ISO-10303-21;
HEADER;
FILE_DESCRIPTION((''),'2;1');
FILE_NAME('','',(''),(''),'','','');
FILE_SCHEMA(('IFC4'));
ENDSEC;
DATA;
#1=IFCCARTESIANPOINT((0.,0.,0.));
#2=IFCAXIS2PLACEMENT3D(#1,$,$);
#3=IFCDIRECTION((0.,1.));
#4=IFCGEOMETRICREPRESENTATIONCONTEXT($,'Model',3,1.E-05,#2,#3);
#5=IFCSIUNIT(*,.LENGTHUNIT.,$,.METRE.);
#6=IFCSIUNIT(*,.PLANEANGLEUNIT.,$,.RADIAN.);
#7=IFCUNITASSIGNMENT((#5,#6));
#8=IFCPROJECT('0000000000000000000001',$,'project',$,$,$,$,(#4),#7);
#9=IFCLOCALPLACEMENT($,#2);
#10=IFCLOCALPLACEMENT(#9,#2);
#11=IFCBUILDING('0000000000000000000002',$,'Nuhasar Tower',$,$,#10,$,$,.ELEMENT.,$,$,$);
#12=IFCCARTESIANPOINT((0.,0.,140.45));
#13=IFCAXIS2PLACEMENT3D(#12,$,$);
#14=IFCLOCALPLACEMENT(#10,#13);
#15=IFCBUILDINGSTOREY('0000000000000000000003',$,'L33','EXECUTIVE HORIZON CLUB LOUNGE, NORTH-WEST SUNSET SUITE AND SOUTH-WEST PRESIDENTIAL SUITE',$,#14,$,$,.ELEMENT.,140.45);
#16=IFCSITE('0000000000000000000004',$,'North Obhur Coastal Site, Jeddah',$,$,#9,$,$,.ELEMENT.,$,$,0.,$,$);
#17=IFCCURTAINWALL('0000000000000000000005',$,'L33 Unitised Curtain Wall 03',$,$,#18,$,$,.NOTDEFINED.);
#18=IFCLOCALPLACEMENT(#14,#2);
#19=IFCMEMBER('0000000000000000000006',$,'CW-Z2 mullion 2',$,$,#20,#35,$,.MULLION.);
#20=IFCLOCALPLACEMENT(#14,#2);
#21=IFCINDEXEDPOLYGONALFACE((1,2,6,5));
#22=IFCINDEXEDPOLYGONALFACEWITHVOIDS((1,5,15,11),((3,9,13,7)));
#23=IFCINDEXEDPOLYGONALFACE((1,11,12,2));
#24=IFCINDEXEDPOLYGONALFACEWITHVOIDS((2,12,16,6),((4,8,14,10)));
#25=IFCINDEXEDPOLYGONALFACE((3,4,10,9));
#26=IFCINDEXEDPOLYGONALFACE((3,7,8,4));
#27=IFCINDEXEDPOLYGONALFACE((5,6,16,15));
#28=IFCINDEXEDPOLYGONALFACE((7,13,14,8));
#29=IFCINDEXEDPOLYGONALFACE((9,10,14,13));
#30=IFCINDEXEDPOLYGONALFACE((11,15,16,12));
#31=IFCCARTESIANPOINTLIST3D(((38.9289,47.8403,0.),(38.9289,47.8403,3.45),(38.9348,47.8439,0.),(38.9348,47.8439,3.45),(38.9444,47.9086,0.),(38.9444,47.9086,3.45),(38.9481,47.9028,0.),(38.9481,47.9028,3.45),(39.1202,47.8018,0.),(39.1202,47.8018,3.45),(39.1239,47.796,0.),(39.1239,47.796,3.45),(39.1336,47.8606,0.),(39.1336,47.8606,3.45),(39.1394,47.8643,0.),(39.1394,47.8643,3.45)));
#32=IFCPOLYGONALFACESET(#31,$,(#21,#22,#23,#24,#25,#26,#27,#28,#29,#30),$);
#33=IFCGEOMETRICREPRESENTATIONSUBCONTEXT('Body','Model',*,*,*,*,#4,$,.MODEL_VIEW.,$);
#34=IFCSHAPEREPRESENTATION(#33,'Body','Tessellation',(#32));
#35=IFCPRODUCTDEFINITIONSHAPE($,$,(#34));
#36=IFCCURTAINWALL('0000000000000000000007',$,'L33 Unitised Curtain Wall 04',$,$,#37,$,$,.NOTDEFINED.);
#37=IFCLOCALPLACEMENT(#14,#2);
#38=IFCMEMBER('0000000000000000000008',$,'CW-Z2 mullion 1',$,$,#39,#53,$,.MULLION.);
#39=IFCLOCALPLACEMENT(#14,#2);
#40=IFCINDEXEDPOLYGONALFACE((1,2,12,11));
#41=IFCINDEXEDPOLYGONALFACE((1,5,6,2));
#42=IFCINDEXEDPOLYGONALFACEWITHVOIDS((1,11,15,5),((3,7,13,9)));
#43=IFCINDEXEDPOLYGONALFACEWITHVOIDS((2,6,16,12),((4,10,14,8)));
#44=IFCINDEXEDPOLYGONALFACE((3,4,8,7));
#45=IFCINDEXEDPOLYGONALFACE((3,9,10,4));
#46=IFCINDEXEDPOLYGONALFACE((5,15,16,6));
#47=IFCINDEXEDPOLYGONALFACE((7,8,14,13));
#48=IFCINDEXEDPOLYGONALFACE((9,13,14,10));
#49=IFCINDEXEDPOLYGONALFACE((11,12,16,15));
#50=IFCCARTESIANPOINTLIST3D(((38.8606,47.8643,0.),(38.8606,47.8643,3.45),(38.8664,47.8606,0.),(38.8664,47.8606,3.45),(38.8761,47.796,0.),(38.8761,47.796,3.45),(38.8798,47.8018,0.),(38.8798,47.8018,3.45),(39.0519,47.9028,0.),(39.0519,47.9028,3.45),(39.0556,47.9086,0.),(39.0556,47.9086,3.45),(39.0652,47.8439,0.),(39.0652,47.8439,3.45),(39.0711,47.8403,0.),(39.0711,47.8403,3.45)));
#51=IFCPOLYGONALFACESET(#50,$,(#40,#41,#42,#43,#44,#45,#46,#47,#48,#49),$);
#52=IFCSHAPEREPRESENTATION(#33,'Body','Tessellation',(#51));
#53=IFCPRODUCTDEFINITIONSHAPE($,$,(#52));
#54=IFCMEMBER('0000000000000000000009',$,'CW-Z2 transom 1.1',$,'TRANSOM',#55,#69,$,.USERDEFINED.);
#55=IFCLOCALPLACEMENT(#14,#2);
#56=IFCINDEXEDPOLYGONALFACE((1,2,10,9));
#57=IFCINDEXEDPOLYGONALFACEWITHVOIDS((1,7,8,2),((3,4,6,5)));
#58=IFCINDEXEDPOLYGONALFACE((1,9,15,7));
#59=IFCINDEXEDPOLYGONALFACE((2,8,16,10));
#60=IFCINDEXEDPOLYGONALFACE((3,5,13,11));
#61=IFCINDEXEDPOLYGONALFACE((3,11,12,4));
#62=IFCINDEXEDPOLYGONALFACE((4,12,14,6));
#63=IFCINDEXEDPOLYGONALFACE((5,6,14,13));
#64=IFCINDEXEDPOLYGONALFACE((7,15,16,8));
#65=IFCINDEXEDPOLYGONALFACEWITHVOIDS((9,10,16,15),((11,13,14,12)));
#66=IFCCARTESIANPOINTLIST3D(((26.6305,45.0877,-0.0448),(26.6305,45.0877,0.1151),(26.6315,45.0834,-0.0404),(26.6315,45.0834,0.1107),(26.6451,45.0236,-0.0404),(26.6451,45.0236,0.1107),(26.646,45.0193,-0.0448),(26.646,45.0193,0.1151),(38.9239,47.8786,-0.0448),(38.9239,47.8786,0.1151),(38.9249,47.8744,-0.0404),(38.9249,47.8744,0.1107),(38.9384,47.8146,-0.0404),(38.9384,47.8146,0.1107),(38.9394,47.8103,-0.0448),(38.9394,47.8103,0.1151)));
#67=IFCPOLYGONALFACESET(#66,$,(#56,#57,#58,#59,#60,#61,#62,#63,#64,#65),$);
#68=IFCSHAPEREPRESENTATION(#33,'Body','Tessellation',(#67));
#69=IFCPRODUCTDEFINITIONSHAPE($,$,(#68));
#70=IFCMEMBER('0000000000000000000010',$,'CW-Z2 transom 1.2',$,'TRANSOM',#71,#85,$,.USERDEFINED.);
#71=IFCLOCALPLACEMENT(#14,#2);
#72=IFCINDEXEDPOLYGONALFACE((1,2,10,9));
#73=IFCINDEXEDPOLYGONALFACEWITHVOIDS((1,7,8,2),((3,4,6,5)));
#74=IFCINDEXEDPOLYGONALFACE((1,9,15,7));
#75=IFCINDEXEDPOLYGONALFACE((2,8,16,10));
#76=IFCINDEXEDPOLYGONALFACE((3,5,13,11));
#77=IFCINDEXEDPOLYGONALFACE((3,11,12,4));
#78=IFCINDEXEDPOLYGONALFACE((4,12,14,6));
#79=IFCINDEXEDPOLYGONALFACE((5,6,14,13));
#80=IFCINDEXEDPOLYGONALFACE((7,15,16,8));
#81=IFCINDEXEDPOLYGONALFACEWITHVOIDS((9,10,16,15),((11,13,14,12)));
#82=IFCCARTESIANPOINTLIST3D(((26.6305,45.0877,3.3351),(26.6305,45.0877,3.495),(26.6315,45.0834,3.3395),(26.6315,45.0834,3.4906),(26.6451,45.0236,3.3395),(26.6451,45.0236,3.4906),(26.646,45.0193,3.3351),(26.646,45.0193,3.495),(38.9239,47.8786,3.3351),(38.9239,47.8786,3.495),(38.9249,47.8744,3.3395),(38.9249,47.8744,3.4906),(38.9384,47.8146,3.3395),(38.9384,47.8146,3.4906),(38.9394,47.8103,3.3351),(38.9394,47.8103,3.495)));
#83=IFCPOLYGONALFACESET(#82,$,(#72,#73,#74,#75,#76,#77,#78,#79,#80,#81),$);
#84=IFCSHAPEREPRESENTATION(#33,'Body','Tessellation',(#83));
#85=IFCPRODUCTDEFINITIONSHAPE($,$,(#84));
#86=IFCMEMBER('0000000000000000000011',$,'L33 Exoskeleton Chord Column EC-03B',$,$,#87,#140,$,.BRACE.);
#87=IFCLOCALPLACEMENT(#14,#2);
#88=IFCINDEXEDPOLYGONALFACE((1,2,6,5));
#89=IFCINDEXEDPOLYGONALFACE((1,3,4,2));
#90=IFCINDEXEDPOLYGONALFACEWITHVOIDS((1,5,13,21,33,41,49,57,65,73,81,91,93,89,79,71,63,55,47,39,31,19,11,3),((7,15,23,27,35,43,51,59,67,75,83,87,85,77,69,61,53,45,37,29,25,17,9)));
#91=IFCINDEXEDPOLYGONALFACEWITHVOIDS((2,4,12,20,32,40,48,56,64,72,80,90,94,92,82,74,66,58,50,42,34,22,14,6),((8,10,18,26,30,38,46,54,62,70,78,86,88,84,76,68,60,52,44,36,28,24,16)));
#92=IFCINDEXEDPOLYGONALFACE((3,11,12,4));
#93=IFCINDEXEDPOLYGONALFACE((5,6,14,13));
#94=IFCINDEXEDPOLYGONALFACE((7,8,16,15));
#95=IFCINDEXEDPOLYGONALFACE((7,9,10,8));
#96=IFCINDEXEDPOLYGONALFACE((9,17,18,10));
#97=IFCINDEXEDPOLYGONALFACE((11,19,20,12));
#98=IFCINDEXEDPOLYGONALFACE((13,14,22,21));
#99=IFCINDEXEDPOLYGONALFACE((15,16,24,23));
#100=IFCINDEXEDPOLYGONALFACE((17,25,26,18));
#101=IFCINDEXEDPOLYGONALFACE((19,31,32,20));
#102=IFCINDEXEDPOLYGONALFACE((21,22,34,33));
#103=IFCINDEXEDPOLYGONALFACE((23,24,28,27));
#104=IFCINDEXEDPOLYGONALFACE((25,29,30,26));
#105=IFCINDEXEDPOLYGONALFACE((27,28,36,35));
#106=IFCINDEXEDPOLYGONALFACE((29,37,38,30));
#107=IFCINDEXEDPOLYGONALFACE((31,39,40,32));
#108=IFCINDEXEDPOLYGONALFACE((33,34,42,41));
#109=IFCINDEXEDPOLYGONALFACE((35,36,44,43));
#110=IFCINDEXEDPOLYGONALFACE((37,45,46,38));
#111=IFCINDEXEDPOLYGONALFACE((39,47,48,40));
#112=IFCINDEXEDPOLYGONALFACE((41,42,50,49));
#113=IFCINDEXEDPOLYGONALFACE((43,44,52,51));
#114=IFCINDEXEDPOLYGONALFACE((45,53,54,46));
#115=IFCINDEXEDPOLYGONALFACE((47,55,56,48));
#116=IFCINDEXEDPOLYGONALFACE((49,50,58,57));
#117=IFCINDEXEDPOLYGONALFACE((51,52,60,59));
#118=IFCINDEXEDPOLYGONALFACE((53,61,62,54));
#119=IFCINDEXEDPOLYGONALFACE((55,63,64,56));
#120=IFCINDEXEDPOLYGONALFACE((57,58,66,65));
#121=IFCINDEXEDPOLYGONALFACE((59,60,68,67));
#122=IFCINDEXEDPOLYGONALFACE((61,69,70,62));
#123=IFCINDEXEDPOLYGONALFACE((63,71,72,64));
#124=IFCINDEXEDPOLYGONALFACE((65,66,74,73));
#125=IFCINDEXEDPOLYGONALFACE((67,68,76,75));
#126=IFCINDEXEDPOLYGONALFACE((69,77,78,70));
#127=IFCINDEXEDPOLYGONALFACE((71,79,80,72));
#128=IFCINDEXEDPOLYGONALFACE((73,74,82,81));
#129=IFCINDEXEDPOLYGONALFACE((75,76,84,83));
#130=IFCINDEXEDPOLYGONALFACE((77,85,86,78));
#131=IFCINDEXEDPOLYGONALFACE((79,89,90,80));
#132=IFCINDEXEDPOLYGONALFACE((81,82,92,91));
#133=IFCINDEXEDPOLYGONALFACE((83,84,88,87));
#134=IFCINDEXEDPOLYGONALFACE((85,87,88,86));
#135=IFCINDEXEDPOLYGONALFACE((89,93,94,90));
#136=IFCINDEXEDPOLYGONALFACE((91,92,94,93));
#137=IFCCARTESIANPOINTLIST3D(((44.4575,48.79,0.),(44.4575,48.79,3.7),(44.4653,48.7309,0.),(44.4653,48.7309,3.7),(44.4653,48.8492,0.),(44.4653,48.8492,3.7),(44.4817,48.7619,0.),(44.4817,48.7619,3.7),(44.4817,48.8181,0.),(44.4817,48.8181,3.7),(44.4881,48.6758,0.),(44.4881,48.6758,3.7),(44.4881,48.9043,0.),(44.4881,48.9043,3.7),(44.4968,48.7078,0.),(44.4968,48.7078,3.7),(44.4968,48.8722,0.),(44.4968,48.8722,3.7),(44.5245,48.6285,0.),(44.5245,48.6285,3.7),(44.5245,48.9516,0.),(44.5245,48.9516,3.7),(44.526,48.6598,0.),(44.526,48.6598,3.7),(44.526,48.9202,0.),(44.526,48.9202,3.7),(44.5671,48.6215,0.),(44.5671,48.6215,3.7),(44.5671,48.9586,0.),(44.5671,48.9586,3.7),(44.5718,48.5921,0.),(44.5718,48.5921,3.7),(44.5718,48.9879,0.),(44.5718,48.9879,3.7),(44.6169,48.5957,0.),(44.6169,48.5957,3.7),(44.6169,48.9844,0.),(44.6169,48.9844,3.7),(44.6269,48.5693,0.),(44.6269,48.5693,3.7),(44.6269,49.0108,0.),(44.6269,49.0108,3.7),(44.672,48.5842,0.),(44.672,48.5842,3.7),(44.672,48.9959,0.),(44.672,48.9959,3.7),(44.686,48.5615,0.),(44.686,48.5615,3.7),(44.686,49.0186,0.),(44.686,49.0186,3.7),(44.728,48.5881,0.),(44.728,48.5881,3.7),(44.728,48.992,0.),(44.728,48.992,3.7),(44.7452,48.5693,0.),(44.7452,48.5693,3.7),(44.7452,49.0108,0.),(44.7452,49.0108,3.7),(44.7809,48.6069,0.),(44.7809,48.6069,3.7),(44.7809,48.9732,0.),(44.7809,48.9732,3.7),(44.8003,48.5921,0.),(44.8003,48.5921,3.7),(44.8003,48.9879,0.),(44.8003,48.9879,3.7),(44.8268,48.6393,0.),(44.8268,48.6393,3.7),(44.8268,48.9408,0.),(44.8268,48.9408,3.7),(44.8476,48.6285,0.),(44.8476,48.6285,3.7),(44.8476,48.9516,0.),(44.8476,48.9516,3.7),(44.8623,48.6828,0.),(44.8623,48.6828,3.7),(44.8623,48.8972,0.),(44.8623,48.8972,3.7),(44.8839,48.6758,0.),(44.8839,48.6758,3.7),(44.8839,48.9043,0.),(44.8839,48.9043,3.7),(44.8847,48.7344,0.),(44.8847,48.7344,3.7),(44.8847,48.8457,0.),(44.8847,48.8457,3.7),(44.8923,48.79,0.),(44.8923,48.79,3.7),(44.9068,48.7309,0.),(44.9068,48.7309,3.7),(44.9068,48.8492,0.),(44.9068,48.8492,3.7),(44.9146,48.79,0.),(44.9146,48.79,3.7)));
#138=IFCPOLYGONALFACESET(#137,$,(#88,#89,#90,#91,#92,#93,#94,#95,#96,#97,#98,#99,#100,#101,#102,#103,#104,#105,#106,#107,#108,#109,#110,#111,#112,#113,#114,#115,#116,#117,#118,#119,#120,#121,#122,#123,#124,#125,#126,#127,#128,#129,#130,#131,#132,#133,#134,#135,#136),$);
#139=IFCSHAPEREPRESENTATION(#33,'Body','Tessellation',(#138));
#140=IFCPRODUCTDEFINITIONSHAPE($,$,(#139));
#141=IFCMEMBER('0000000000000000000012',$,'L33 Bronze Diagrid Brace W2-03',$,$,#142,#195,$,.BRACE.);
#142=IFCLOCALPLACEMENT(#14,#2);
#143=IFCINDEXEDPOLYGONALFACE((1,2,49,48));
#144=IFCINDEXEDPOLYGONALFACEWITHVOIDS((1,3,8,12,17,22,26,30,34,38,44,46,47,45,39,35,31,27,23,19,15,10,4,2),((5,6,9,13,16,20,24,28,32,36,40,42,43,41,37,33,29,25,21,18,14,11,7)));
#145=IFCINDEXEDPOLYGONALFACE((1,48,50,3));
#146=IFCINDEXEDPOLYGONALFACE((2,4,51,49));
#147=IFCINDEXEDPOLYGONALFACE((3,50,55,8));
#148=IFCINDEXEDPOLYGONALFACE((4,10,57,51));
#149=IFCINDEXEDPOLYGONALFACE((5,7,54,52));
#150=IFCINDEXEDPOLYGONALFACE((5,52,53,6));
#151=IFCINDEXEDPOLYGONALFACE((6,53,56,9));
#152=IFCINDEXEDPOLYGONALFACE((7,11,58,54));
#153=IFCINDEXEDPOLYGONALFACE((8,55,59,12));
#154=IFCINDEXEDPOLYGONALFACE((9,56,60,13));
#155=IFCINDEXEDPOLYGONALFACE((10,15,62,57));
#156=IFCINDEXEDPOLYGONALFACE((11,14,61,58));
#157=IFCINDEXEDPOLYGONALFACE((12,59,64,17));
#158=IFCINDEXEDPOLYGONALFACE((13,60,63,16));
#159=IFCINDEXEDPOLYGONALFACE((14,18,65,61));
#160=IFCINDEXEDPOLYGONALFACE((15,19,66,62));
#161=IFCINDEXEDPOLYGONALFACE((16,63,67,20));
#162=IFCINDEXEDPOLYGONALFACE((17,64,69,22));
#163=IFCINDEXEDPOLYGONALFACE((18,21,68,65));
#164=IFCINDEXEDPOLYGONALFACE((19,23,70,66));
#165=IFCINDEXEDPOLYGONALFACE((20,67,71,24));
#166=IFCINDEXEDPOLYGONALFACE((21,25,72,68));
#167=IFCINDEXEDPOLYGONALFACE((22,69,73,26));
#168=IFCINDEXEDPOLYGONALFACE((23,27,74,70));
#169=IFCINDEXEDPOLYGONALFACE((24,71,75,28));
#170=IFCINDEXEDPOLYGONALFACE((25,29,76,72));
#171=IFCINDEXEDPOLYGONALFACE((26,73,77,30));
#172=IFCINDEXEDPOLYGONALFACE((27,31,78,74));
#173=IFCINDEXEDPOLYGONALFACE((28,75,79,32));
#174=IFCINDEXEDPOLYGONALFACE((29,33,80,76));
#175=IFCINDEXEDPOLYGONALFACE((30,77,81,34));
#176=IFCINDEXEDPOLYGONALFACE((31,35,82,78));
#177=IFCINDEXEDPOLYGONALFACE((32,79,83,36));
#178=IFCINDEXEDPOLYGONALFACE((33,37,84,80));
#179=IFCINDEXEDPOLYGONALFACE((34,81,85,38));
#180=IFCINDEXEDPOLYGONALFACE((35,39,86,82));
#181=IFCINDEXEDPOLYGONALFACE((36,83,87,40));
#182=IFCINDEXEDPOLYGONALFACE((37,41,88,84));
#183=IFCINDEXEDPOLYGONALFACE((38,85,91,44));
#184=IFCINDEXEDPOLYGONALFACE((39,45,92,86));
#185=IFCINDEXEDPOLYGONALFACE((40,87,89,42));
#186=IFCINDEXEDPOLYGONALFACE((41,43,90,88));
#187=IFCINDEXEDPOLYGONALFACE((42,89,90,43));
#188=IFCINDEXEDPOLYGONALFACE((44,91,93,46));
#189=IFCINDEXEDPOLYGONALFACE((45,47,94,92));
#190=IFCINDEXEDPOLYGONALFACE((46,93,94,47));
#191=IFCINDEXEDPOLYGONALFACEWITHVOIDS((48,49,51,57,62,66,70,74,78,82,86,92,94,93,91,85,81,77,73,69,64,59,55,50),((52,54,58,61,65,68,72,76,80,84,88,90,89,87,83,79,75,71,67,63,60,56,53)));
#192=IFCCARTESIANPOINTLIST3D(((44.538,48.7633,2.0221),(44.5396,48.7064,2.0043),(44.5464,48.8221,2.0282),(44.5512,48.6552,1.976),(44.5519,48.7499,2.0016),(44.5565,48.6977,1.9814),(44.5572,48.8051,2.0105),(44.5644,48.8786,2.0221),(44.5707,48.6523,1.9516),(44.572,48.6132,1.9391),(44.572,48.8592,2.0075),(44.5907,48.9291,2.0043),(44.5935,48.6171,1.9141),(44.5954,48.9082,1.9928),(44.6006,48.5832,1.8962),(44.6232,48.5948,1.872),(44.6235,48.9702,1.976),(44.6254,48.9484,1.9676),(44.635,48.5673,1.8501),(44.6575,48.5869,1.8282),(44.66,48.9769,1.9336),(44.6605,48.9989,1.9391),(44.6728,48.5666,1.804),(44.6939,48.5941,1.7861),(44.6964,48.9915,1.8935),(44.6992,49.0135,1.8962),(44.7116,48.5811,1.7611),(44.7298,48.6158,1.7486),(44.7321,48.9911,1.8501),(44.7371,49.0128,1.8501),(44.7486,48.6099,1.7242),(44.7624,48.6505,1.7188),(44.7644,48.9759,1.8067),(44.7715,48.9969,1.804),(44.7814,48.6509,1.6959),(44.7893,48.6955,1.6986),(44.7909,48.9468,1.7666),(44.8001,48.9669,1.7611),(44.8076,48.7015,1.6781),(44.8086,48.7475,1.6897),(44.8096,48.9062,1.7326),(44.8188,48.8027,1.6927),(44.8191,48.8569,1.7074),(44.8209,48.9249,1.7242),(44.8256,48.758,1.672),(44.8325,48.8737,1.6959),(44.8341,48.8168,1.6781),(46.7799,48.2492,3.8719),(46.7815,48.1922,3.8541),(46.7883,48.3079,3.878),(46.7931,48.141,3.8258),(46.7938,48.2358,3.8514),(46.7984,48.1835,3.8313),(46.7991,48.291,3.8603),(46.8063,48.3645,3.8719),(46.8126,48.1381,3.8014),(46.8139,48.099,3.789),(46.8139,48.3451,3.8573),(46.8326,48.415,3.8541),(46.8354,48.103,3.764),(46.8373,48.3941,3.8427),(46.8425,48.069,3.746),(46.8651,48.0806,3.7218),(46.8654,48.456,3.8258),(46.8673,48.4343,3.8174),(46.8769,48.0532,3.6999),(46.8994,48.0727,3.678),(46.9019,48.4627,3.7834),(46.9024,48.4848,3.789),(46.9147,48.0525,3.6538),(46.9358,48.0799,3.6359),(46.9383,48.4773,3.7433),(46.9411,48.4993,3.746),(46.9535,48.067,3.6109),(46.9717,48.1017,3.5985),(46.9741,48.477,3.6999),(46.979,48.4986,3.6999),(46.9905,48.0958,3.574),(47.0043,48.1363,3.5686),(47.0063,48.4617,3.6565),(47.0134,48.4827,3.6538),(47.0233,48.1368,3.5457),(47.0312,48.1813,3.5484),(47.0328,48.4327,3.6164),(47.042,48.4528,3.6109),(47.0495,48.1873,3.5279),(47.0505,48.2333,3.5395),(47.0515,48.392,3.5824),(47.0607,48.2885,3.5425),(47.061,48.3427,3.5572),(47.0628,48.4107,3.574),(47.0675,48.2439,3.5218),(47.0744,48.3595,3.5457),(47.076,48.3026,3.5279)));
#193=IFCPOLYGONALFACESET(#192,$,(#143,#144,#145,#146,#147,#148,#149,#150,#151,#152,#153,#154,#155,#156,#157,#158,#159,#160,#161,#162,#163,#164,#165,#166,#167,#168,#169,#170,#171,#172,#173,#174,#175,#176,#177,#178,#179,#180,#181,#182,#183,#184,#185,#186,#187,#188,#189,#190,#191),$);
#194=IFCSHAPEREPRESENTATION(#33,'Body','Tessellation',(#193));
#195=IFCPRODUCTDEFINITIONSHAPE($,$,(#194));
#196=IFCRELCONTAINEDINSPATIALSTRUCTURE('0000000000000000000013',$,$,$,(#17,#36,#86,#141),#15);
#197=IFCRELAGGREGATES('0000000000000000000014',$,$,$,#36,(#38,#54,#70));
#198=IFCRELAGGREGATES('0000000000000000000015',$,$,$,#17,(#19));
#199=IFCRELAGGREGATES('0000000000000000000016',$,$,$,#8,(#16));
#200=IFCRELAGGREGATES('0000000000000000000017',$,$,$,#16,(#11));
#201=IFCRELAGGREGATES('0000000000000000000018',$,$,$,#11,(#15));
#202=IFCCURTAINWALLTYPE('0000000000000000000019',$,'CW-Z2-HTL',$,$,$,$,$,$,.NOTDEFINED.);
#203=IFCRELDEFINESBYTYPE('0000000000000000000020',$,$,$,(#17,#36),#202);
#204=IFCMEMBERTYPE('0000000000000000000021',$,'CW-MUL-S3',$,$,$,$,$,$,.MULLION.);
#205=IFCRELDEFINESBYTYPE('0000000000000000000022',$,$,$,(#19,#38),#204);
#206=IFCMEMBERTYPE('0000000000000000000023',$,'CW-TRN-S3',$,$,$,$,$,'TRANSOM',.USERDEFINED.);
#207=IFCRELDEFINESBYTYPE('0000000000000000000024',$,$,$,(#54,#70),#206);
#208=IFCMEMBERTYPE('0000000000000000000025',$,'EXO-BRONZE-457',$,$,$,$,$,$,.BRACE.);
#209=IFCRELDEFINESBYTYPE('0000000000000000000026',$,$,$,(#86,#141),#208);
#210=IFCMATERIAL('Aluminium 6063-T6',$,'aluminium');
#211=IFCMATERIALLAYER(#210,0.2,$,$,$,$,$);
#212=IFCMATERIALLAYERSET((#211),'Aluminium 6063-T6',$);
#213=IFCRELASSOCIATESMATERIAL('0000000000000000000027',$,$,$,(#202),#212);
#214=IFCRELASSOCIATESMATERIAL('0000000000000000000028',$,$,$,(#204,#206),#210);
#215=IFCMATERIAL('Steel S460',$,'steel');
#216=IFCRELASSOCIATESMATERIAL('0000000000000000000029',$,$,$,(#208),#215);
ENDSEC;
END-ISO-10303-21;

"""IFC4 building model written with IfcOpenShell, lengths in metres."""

from ifc_helpers import new_model, si_unit, direction, frame, origin, origin_2d, place, context, subcontext, project, spatial, hollow_rectangle, hollow_circle, extrude, material, layer, layer_set, material_profile, profile_set, type_object, element, aggregate, save


model = new_model("IFC4")

# Units and contexts
model_context = context("Model", 3, precision=1e-05, world=origin(), true_north=direction((0.0, 1.0)))
body_context = subcontext(model_context, "Body", "Model", "MODEL_VIEW")
ifc_project = project(units=[si_unit("LENGTHUNIT", "METRE"), si_unit("PLANEANGLEUNIT", "RADIAN")], contexts=[model_context])

# Site, building, storey
site_placement = place(None, origin())
site = spatial("IfcSite", under=ifc_project, at=site_placement, Name="North Obhur Coastal Site, Jeddah", CompositionType="ELEMENT", RefElevation=0.0)
building_placement = place(site_placement, origin())
building = spatial("IfcBuilding", under=site, at=building_placement, Name="Nuhasar Tower", CompositionType="ELEMENT")
storey_placement = place(building_placement, frame((0.0, 0.0, 140.45)))
storey = spatial("IfcBuildingStorey", under=building, at=storey_placement, Name="L33", Description="EXECUTIVE HORIZON CLUB LOUNGE, NORTH-WEST SUNSET SUITE AND SOUTH-WEST PRESIDENTIAL SUITE", CompositionType="ELEMENT", Elevation=140.45)

# Curtain wall, member
ifc_material_1 = material(Name="Aluminium 6063-T6", Category="aluminium")
ifc_layer_1 = layer(ifc_material_1, 0.2)
ifc_layer_set_1 = layer_set([ifc_layer_1], Name="Aluminium 6063-T6")
curtain_wall_type = type_object("IfcCurtainWallType", Name="CW-Z2-HTL", PredefinedType="NOTDEFINED", material=ifc_layer_set_1)
curtain_wall_1_placement = place(storey_placement, origin())
curtain_wall_1 = element("IfcCurtainWall", 1, at=curtain_wall_1_placement, inside=storey, type_object=curtain_wall_type, Name="L33 Unitised Curtain Wall 03", PredefinedType="NOTDEFINED")
ifc_material_profile_1 = material_profile(ifc_material_1, hollow_rectangle(XDim=0.0701, YDim=0.2, WallThickness=0.0049, at=origin_2d()), Name="CWM-3")
ifc_profile_set_1 = profile_set([ifc_material_profile_1], Name="Aluminium 6063-T6")
member_type_1 = type_object("IfcMemberType", Name="CW-MUL-S3", PredefinedType="MULLION", material=ifc_profile_set_1)
member_1_placement = place(storey_placement, frame((39.0342, 47.8523, 0.0), z_axis=(0.0, 0.0, 1.0), x_axis=(-0.221397, -0.975184, 0.0)))
member_1 = element("IfcMember", 2, at=member_1_placement, type_object=member_type_1, Name="CW-Z2 mullion 2", PredefinedType="MULLION", context=body_context, shape_type="SweptSolid", body=[
    extrude(hollow_rectangle(XDim=0.0701, YDim=0.2, WallThickness=0.0049, at=origin_2d()), origin(), (0.0, 0.0, 1.0), 3.45),
])

# Curtain wall, members
curtain_wall_2_placement = place(storey_placement, origin())
curtain_wall_2 = element("IfcCurtainWall", 3, at=curtain_wall_2_placement, inside=storey, type_object=curtain_wall_type, Name="L33 Unitised Curtain Wall 04", PredefinedType="NOTDEFINED")
member_2_placement = place(storey_placement, frame((38.9658, 47.8523, 0.0), z_axis=(0.0, 0.0, 1.0), x_axis=(0.221397, -0.975184, 0.0)))
member_2 = element("IfcMember", 4, at=member_2_placement, type_object=member_type_1, Name="CW-Z2 mullion 1", PredefinedType="MULLION", context=body_context, shape_type="SweptSolid", body=[
    extrude(hollow_rectangle(XDim=0.0701, YDim=0.2, WallThickness=0.0049, at=origin_2d()), origin(), (0.0, 0.0, 1.0), 3.45),
])
ifc_material_profile_2 = material_profile(ifc_material_1, hollow_rectangle(XDim=0.0701, YDim=0.1599, WallThickness=0.0044, at=origin_2d()), Name="CWT-3")
ifc_profile_set_2 = profile_set([ifc_material_profile_2], Name="Aluminium 6063-T6")
member_type_2 = type_object("IfcMemberType", Name="CW-TRN-S3", ElementType="TRANSOM", PredefinedType="USERDEFINED", material=ifc_profile_set_2)
member_3_placement = place(storey_placement, frame((38.9316, 47.8445, 0.0352), z_axis=(-0.975183, -0.221398, 0.0), x_axis=(0.221398, -0.975183, 0.0)))
member_3 = element("IfcMember", 5, at=member_3_placement, type_object=member_type_2, Name="CW-Z2 transom 1.1", ObjectType="TRANSOM", PredefinedType="USERDEFINED", context=body_context, shape_type="SweptSolid", body=[
    extrude(hollow_rectangle(XDim=0.0701, YDim=0.1599, WallThickness=0.0044, at=origin_2d()), origin(), (0.0, 0.0, 1.0), 12.6062),
])
member_4_placement = place(storey_placement, frame((38.9316, 47.8445, 3.415), z_axis=(-0.975183, -0.221398, 0.0), x_axis=(0.221398, -0.975183, 0.0)))
member_4 = element("IfcMember", 6, at=member_4_placement, type_object=member_type_2, Name="CW-Z2 transom 1.2", ObjectType="TRANSOM", PredefinedType="USERDEFINED", context=body_context, shape_type="SweptSolid", body=[
    extrude(hollow_rectangle(XDim=0.0701, YDim=0.1599, WallThickness=0.0044, at=origin_2d()), origin(), (0.0, 0.0, 1.0), 12.6062),
])
aggregate(curtain_wall_2, [member_2, member_3, member_4])

# Members
ifc_material_2 = material(Name="Steel S460", Category="steel")
ifc_material_profile_3 = material_profile(ifc_material_2, hollow_circle(Radius=0.2285, WallThickness=0.0222, at=origin_2d()), Name="HSS457X22.2")
ifc_profile_set_3 = profile_set([ifc_material_profile_3], Name="Steel S460")
member_type_3 = type_object("IfcMemberType", Name="EXO-BRONZE-457", PredefinedType="BRACE", material=ifc_profile_set_3)
member_5_placement = place(storey_placement, frame((44.686, 48.79, 0.0), z_axis=(0.0, 0.0, 1.0), x_axis=(1.0, 0.0, 0.0)))
element("IfcMember", 7, at=member_5_placement, inside=storey, type_object=member_type_3, Name="L33 Exoskeleton Chord Column EC-03B", PredefinedType="BRACE", context=body_context, shape_type="SweptSolid", body=[
    extrude(hollow_circle(Radius=0.2285, WallThickness=0.0222, at=origin_2d()), origin(), (0.0, 0.0, 1.0), 3.7),
])
member_6_placement = place(storey_placement, frame((44.686, 48.79, 1.8501), z_axis=(0.759539, -0.17419, 0.626704), x_axis=(0.223534, 0.974696, 0.0)))
element("IfcMember", 8, at=member_6_placement, inside=storey, type_object=member_type_3, Name="L33 Bronze Diagrid Brace W2-03", PredefinedType="BRACE", context=body_context, shape_type="SweptSolid", body=[
    extrude(hollow_circle(Radius=0.2285, WallThickness=0.0222, at=origin_2d()), origin(), (0.0, 0.0, 1.0), 2.9517),
])

aggregate(curtain_wall_1, [member_1])

save(model, "model.ifc")
